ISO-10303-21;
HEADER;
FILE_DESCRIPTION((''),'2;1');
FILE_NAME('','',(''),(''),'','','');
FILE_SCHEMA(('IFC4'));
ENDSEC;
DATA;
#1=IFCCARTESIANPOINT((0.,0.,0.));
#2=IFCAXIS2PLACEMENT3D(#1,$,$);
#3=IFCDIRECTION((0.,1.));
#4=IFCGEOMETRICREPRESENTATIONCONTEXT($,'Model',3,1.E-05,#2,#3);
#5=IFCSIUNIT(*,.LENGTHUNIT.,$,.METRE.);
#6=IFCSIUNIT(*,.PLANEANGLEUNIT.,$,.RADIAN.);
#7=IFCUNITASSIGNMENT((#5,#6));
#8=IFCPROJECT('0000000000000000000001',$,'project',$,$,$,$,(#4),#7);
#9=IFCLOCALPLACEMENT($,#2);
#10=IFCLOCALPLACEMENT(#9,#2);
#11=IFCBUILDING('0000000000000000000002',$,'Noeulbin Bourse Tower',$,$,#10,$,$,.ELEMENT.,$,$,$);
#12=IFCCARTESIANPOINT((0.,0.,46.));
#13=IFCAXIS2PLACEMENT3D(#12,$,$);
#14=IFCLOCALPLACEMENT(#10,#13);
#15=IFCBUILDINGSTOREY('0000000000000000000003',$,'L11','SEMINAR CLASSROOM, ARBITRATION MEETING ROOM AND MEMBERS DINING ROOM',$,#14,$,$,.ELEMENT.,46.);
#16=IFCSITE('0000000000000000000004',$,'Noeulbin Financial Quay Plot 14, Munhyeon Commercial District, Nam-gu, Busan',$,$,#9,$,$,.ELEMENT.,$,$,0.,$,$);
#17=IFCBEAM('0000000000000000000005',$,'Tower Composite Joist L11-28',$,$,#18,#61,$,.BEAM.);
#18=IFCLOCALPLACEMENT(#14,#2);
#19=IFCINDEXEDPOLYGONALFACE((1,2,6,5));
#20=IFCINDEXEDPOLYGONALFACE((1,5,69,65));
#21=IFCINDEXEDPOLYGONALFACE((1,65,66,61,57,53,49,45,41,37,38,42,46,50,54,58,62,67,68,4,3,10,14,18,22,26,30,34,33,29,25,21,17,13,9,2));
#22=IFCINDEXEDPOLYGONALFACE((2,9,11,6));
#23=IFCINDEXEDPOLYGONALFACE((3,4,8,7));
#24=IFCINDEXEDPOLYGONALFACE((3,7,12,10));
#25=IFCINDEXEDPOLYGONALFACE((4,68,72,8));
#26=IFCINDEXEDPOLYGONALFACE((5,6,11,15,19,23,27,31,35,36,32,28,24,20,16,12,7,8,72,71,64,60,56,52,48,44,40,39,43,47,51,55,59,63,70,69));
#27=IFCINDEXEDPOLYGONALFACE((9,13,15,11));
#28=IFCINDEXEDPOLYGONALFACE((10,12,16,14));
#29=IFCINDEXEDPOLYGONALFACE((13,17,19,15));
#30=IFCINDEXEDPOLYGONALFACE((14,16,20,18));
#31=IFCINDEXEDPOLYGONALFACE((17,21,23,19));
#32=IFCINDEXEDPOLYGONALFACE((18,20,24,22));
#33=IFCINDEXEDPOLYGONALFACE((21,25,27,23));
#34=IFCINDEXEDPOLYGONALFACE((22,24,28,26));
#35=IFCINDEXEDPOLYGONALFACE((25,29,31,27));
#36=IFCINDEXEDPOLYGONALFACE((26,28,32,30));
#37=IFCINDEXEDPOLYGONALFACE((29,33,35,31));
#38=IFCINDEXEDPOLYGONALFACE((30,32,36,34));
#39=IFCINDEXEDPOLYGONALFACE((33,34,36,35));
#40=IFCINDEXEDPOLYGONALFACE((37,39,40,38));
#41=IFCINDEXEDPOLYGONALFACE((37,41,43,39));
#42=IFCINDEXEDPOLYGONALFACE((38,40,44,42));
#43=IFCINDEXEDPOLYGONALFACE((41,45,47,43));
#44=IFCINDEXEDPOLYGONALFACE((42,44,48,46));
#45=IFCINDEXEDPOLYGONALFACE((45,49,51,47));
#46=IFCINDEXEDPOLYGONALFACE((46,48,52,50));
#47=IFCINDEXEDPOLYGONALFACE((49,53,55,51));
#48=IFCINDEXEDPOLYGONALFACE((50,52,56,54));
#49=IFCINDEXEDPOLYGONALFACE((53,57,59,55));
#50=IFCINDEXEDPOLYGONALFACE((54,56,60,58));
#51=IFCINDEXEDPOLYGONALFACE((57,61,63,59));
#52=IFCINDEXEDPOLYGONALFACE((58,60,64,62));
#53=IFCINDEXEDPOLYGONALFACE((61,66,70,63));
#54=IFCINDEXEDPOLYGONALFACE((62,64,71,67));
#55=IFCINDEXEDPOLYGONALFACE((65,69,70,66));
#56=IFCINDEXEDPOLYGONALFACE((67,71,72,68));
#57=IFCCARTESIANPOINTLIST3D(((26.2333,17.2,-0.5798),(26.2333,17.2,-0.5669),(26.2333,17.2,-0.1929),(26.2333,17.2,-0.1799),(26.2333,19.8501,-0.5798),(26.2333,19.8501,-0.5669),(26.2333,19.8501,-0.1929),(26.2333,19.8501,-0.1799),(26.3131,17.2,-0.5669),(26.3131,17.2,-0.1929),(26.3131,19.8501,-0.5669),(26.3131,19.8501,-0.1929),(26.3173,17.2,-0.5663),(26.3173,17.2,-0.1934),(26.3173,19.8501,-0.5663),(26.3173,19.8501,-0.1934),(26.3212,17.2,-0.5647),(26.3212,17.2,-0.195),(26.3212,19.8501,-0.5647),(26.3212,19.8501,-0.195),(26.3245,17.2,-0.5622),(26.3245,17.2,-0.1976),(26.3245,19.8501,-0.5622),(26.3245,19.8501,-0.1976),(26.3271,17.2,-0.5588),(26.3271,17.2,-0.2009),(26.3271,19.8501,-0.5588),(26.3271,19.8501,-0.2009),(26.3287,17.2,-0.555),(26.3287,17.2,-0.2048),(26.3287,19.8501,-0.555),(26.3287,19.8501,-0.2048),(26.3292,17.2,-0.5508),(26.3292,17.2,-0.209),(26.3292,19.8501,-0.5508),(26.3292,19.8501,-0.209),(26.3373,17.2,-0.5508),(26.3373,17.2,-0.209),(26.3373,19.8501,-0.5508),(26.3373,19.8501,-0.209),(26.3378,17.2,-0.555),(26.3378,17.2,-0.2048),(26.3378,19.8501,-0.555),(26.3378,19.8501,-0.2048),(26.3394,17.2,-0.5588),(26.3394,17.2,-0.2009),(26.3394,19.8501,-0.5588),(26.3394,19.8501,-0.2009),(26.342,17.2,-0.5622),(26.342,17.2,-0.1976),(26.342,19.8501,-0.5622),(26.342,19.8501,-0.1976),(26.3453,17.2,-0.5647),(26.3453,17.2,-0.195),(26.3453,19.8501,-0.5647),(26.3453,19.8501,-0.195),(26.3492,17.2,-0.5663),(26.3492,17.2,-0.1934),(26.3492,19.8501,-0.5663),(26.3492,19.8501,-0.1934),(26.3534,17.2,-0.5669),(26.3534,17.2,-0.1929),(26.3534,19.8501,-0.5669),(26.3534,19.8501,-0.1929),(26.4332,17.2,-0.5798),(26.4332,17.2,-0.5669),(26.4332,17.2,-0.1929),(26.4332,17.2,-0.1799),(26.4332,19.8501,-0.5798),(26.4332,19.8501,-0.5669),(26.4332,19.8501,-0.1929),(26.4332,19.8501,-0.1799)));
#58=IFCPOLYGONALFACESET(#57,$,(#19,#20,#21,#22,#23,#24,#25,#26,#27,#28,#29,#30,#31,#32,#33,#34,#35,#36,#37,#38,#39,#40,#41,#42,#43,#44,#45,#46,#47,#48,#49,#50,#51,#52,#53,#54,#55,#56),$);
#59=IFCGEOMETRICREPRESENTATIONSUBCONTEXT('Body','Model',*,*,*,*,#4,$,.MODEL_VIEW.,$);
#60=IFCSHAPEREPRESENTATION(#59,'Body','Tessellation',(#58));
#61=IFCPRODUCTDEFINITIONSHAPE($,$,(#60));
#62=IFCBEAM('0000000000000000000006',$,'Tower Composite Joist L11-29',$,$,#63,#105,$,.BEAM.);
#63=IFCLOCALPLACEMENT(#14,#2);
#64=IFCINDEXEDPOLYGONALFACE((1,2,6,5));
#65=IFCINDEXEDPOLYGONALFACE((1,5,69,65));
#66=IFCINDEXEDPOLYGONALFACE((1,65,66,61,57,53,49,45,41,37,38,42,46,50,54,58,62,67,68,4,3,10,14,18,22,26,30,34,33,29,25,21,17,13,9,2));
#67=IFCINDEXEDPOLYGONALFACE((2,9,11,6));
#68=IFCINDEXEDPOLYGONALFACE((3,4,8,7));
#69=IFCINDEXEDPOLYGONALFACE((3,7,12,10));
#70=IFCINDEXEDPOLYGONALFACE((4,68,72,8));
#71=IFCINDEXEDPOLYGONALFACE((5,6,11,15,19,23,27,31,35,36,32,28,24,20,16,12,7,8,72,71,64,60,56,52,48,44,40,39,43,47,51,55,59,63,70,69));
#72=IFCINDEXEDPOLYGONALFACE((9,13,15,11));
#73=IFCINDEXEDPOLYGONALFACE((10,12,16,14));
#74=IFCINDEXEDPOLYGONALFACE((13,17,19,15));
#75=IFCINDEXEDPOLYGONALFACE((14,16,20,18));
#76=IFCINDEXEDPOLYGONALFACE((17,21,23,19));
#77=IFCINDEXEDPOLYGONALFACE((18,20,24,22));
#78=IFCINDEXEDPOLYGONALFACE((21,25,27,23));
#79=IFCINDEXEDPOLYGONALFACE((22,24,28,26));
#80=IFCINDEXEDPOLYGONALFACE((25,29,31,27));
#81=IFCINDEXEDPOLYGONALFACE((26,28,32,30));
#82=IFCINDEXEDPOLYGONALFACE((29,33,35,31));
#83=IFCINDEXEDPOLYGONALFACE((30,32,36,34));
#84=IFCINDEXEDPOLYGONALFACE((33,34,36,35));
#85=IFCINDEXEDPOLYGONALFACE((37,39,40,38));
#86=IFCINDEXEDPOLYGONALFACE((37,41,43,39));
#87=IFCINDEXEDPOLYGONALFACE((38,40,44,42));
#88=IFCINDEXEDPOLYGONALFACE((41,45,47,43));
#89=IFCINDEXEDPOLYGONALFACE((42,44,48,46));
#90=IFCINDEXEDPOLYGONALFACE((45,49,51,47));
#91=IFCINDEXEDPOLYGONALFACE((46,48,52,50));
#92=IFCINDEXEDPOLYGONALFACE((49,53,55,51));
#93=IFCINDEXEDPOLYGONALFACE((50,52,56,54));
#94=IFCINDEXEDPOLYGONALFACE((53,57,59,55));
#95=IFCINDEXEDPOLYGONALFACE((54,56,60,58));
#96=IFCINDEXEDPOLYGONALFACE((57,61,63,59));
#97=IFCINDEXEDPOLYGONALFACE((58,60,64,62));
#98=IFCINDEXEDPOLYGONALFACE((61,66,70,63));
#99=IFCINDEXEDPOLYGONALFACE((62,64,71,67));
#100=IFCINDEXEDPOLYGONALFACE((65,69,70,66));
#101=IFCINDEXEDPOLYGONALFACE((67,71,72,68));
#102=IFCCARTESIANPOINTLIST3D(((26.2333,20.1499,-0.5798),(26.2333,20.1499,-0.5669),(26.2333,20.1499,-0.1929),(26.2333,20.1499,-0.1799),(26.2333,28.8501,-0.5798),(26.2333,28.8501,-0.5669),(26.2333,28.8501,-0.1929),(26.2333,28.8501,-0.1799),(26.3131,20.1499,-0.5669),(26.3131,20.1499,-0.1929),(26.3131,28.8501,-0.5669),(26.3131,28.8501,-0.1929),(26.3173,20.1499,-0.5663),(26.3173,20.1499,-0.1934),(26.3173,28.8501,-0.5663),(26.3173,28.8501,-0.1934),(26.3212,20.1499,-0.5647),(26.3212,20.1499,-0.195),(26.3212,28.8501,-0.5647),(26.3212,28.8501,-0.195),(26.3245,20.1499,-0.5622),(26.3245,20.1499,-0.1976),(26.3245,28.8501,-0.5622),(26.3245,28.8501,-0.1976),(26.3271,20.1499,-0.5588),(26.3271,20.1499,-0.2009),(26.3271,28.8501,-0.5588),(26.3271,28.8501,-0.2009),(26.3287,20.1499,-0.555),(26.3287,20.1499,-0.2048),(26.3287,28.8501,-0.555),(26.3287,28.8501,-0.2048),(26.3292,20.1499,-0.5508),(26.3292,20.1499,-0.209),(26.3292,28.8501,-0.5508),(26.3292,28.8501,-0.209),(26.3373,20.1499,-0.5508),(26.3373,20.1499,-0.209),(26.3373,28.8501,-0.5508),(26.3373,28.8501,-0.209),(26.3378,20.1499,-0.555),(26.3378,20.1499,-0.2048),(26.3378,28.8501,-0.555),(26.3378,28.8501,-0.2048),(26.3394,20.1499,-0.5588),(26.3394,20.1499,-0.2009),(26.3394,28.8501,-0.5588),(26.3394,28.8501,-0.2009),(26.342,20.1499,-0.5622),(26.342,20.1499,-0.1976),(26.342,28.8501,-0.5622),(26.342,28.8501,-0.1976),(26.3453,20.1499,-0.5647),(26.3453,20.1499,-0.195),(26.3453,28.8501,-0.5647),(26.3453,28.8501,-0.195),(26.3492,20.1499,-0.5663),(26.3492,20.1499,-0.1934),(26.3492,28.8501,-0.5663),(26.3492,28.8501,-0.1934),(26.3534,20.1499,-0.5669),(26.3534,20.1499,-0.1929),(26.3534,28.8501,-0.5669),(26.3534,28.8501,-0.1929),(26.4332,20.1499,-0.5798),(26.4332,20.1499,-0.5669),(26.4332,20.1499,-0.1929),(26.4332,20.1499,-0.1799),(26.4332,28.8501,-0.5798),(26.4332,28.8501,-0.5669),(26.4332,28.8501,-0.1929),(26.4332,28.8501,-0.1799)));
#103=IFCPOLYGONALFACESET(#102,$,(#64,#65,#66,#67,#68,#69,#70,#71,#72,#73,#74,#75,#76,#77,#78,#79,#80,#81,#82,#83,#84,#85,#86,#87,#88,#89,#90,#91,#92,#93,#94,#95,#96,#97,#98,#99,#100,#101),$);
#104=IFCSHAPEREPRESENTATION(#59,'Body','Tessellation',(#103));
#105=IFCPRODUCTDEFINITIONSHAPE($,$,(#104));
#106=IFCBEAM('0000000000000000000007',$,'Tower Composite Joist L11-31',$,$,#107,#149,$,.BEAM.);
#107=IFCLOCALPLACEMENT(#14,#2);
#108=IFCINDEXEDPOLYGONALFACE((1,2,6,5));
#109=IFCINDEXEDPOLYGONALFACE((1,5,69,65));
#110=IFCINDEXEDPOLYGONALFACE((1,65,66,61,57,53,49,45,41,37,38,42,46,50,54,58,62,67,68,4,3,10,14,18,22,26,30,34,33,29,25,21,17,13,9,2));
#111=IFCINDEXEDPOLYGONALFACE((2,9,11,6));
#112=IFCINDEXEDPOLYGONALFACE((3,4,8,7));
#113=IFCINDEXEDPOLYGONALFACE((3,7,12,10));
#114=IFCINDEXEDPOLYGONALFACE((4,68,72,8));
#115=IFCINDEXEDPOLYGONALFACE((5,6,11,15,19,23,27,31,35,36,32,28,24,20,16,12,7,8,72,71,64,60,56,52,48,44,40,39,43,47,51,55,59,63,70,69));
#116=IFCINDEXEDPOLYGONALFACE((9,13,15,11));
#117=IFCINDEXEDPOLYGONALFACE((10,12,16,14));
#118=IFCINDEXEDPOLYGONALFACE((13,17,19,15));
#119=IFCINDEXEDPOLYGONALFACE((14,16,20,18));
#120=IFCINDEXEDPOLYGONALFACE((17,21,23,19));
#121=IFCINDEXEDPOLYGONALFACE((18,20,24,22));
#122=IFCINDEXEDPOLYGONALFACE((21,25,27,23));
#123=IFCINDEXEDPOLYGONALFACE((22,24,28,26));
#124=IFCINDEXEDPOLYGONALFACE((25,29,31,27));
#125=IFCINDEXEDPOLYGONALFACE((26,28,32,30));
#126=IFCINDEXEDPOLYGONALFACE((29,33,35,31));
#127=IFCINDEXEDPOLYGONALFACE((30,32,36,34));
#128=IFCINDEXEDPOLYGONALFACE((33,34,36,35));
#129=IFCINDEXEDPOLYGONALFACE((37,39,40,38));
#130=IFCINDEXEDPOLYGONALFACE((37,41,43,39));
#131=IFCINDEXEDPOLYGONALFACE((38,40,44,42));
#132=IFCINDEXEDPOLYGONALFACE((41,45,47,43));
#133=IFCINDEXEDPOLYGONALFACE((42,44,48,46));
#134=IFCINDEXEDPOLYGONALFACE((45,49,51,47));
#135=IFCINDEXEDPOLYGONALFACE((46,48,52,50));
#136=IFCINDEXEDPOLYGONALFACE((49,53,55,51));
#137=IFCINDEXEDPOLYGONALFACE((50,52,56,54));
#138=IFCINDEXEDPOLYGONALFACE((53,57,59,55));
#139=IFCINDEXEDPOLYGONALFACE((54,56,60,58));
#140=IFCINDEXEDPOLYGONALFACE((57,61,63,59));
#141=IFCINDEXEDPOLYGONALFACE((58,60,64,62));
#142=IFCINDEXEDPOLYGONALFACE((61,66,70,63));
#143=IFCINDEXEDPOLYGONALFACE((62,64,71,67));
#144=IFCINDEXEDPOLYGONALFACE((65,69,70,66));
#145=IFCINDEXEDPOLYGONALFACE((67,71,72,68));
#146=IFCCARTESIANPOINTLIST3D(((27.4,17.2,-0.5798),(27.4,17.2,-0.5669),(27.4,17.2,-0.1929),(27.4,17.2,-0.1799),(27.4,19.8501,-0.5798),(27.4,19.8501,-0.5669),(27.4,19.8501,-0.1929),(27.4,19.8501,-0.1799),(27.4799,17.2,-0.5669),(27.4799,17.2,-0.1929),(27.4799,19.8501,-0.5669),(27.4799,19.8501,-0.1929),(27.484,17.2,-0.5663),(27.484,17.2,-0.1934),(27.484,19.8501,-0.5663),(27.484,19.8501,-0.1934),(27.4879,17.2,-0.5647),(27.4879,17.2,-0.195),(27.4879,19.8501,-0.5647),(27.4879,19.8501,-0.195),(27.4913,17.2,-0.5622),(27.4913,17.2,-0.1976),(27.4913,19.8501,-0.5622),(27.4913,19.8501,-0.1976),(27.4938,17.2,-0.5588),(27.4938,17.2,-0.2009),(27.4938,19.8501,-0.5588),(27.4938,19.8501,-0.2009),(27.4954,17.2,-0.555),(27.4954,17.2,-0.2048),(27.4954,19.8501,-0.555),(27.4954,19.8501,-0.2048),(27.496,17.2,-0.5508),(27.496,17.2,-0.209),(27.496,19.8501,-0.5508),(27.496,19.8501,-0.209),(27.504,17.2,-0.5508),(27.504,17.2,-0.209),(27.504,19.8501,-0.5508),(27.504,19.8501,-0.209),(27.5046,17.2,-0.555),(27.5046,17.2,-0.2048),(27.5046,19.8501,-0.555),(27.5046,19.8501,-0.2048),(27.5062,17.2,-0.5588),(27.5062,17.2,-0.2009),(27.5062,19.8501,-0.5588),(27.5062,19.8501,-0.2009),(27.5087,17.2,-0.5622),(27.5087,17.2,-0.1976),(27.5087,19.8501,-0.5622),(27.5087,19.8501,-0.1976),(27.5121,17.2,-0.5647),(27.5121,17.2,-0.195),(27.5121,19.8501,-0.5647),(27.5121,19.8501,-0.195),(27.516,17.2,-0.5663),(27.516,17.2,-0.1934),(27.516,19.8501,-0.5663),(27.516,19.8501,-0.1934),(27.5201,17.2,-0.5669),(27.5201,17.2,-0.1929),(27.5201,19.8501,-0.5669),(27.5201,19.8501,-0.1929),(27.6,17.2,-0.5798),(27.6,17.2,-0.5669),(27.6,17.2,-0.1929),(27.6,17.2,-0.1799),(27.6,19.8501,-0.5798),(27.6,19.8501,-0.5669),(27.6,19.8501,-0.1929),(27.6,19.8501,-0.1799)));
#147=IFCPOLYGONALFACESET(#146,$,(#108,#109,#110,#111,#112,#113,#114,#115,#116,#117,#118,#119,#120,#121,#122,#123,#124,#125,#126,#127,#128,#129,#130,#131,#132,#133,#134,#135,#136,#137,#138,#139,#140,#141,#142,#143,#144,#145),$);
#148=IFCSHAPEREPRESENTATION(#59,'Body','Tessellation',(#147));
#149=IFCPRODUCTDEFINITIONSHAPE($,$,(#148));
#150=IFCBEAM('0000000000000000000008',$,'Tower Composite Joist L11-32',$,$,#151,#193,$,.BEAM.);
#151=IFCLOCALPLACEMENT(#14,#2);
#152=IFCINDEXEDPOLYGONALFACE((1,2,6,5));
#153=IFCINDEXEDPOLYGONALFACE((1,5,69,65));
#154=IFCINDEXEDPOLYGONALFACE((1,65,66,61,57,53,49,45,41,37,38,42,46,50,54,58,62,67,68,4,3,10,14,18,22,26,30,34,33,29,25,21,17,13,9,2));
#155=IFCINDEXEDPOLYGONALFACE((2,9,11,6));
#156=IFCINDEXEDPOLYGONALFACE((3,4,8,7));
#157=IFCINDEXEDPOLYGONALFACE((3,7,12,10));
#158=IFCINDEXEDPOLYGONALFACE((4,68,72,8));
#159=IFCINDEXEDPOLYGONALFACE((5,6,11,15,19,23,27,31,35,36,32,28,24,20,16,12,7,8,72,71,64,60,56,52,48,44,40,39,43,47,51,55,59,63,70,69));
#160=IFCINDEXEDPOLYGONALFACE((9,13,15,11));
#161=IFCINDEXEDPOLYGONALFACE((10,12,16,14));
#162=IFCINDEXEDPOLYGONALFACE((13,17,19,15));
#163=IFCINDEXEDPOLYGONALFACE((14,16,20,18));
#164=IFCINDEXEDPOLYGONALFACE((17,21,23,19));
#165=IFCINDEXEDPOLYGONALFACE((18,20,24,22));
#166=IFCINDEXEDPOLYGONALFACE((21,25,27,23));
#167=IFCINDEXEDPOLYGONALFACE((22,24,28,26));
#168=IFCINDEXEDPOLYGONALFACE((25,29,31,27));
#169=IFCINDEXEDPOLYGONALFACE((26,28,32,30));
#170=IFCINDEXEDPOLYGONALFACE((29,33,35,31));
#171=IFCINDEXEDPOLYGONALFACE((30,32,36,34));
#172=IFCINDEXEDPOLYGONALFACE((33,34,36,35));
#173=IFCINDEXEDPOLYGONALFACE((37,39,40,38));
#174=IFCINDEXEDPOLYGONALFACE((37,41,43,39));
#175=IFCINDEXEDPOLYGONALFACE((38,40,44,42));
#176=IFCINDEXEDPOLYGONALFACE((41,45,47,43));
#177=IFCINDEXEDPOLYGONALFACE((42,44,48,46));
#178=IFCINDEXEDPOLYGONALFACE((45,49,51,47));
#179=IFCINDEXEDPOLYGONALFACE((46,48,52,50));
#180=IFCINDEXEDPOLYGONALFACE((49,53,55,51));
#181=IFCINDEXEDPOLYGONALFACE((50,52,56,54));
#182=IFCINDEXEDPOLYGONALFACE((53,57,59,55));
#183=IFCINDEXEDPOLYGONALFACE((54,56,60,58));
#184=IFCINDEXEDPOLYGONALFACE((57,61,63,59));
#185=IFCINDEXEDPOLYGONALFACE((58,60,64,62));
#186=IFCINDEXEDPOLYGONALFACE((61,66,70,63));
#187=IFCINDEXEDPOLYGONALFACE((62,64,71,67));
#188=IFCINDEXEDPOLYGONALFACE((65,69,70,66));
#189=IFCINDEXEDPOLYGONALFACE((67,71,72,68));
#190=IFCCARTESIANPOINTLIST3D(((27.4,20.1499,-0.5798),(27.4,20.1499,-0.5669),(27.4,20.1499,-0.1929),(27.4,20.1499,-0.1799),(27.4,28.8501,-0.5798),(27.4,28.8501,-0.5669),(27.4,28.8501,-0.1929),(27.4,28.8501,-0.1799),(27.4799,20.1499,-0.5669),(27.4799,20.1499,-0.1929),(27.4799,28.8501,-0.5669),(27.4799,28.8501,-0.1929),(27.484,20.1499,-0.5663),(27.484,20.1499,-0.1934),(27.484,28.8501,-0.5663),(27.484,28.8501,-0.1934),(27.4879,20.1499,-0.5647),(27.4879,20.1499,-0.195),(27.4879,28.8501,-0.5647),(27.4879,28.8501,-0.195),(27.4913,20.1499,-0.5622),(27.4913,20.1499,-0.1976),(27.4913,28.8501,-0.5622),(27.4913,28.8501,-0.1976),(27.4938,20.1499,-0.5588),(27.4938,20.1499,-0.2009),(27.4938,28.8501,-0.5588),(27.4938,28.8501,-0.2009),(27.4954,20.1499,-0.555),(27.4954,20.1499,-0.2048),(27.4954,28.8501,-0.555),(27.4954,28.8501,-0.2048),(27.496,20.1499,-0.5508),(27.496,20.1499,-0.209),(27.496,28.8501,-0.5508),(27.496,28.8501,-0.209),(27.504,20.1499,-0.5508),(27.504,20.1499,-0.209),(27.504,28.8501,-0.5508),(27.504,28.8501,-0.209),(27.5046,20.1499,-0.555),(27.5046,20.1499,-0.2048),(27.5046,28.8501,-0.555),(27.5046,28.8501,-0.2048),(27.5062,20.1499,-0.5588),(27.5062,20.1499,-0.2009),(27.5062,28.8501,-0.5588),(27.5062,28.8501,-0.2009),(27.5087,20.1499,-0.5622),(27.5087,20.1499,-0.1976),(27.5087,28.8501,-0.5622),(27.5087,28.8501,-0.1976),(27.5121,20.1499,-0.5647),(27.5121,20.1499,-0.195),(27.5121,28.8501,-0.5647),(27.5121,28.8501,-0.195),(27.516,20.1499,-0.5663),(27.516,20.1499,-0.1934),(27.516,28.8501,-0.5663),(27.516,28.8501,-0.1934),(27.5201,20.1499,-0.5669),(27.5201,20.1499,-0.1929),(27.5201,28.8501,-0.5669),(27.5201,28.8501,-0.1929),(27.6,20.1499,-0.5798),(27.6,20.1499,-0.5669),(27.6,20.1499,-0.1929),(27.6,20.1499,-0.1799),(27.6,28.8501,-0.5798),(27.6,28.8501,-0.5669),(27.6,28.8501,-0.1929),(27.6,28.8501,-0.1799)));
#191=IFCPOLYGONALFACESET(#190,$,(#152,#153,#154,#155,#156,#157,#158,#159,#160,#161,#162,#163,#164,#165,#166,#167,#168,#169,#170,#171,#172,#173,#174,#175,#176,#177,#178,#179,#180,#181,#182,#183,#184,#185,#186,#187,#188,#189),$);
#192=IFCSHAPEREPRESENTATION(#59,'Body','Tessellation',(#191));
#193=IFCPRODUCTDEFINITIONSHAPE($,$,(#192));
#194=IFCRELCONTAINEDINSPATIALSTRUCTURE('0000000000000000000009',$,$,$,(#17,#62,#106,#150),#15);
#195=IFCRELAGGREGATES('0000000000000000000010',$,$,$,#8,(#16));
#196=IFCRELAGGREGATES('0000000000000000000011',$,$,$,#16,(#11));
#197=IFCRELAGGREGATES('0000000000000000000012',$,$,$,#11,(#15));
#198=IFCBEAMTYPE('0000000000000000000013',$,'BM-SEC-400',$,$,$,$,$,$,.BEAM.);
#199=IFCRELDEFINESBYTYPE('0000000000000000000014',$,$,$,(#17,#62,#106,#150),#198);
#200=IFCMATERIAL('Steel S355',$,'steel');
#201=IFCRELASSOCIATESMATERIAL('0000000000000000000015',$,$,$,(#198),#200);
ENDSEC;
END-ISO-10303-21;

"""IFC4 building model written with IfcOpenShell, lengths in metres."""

from ifc_helpers import new_model, si_unit, direction, frame, origin, origin_2d, place, context, subcontext, project, spatial, i_section, extrude, material, material_profile, profile_set, type_object, element, save


model = new_model("IFC4")

# Units and contexts
model_context = context("Model", 3, precision=1e-05, world=origin(), true_north=direction((0.0, 1.0)))
body_context = subcontext(model_context, "Body", "Model", "MODEL_VIEW")
ifc_project = project(units=[si_unit("LENGTHUNIT", "METRE"), si_unit("PLANEANGLEUNIT", "RADIAN")], contexts=[model_context])

# Site, building, storey
site_placement = place(None, origin())
site = spatial("IfcSite", under=ifc_project, at=site_placement, Name="Noeulbin Financial Quay Plot 14, Munhyeon Commercial District, Nam-gu, Busan", CompositionType="ELEMENT", RefElevation=0.0)
building_placement = place(site_placement, origin())
building = spatial("IfcBuilding", under=site, at=building_placement, Name="Noeulbin Bourse Tower", CompositionType="ELEMENT")
storey_placement = place(building_placement, frame((0.0, 0.0, 46.0)))
storey = spatial("IfcBuildingStorey", under=building, at=storey_placement, Name="L11", Description="SEMINAR CLASSROOM, ARBITRATION MEETING ROOM AND MEMBERS DINING ROOM", CompositionType="ELEMENT", Elevation=46.0)

# Beams
ifc_material_1 = material(Name="Steel S355", Category="steel")
ifc_material_profile_1 = material_profile(ifc_material_1, i_section(OverallWidth=0.2, OverallDepth=0.3999, WebThickness=0.0081, FlangeThickness=0.0129, FilletRadius=0.0161, at=origin_2d()), Name="H-400x200x8x13", Category="LoadBearing")
ifc_profile_set_1 = profile_set([ifc_material_profile_1], Name="Steel S355")
beam_type_1 = type_object("IfcBeamType", Name="BM-SEC-400", PredefinedType="BEAM", material=ifc_profile_set_1)
beam_1_placement = place(storey_placement, frame((26.3333, 17.2, -0.3799), z_axis=(0.0, 1.0, 0.0), x_axis=(-1.0, 0.0, 0.0)))
element("IfcBeam", 1, at=beam_1_placement, inside=storey, type_object=beam_type_1, Name="Tower Composite Joist L11-28", PredefinedType="BEAM", context=body_context, shape_type="SweptSolid", body=[
    extrude(i_section(OverallWidth=0.2, OverallDepth=0.3999, WebThickness=0.0081, FlangeThickness=0.0129, FilletRadius=0.0161, at=origin_2d()), origin(), (0.0, 0.0, 1.0), 2.6501),
])
beam_2_placement = place(storey_placement, frame((26.3333, 20.1499, -0.3799), z_axis=(0.0, 1.0, 0.0), x_axis=(-1.0, 0.0, 0.0)))
element("IfcBeam", 2, at=beam_2_placement, inside=storey, type_object=beam_type_1, Name="Tower Composite Joist L11-29", PredefinedType="BEAM", context=body_context, shape_type="SweptSolid", body=[
    extrude(i_section(OverallWidth=0.2, OverallDepth=0.3999, WebThickness=0.0081, FlangeThickness=0.0129, FilletRadius=0.0161, at=origin_2d()), origin(), (0.0, 0.0, 1.0), 8.7002),
])
beam_3_placement = place(storey_placement, frame((27.5, 17.2, -0.3799), z_axis=(0.0, 1.0, 0.0), x_axis=(-1.0, 0.0, 0.0)))
element("IfcBeam", 3, at=beam_3_placement, inside=storey, type_object=beam_type_1, Name="Tower Composite Joist L11-31", PredefinedType="BEAM", context=body_context, shape_type="SweptSolid", body=[
    extrude(i_section(OverallWidth=0.2, OverallDepth=0.3999, WebThickness=0.0081, FlangeThickness=0.0129, FilletRadius=0.0161, at=origin_2d()), origin(), (0.0, 0.0, 1.0), 2.6501),
])
beam_4_placement = place(storey_placement, frame((27.5, 20.1499, -0.3799), z_axis=(0.0, 1.0, 0.0), x_axis=(-1.0, 0.0, 0.0)))
element("IfcBeam", 4, at=beam_4_placement, inside=storey, type_object=beam_type_1, Name="Tower Composite Joist L11-32", PredefinedType="BEAM", context=body_context, shape_type="SweptSolid", body=[
    extrude(i_section(OverallWidth=0.2, OverallDepth=0.3999, WebThickness=0.0081, FlangeThickness=0.0129, FilletRadius=0.0161, at=origin_2d()), origin(), (0.0, 0.0, 1.0), 8.7002),
])

save(model, "model.ifc")
